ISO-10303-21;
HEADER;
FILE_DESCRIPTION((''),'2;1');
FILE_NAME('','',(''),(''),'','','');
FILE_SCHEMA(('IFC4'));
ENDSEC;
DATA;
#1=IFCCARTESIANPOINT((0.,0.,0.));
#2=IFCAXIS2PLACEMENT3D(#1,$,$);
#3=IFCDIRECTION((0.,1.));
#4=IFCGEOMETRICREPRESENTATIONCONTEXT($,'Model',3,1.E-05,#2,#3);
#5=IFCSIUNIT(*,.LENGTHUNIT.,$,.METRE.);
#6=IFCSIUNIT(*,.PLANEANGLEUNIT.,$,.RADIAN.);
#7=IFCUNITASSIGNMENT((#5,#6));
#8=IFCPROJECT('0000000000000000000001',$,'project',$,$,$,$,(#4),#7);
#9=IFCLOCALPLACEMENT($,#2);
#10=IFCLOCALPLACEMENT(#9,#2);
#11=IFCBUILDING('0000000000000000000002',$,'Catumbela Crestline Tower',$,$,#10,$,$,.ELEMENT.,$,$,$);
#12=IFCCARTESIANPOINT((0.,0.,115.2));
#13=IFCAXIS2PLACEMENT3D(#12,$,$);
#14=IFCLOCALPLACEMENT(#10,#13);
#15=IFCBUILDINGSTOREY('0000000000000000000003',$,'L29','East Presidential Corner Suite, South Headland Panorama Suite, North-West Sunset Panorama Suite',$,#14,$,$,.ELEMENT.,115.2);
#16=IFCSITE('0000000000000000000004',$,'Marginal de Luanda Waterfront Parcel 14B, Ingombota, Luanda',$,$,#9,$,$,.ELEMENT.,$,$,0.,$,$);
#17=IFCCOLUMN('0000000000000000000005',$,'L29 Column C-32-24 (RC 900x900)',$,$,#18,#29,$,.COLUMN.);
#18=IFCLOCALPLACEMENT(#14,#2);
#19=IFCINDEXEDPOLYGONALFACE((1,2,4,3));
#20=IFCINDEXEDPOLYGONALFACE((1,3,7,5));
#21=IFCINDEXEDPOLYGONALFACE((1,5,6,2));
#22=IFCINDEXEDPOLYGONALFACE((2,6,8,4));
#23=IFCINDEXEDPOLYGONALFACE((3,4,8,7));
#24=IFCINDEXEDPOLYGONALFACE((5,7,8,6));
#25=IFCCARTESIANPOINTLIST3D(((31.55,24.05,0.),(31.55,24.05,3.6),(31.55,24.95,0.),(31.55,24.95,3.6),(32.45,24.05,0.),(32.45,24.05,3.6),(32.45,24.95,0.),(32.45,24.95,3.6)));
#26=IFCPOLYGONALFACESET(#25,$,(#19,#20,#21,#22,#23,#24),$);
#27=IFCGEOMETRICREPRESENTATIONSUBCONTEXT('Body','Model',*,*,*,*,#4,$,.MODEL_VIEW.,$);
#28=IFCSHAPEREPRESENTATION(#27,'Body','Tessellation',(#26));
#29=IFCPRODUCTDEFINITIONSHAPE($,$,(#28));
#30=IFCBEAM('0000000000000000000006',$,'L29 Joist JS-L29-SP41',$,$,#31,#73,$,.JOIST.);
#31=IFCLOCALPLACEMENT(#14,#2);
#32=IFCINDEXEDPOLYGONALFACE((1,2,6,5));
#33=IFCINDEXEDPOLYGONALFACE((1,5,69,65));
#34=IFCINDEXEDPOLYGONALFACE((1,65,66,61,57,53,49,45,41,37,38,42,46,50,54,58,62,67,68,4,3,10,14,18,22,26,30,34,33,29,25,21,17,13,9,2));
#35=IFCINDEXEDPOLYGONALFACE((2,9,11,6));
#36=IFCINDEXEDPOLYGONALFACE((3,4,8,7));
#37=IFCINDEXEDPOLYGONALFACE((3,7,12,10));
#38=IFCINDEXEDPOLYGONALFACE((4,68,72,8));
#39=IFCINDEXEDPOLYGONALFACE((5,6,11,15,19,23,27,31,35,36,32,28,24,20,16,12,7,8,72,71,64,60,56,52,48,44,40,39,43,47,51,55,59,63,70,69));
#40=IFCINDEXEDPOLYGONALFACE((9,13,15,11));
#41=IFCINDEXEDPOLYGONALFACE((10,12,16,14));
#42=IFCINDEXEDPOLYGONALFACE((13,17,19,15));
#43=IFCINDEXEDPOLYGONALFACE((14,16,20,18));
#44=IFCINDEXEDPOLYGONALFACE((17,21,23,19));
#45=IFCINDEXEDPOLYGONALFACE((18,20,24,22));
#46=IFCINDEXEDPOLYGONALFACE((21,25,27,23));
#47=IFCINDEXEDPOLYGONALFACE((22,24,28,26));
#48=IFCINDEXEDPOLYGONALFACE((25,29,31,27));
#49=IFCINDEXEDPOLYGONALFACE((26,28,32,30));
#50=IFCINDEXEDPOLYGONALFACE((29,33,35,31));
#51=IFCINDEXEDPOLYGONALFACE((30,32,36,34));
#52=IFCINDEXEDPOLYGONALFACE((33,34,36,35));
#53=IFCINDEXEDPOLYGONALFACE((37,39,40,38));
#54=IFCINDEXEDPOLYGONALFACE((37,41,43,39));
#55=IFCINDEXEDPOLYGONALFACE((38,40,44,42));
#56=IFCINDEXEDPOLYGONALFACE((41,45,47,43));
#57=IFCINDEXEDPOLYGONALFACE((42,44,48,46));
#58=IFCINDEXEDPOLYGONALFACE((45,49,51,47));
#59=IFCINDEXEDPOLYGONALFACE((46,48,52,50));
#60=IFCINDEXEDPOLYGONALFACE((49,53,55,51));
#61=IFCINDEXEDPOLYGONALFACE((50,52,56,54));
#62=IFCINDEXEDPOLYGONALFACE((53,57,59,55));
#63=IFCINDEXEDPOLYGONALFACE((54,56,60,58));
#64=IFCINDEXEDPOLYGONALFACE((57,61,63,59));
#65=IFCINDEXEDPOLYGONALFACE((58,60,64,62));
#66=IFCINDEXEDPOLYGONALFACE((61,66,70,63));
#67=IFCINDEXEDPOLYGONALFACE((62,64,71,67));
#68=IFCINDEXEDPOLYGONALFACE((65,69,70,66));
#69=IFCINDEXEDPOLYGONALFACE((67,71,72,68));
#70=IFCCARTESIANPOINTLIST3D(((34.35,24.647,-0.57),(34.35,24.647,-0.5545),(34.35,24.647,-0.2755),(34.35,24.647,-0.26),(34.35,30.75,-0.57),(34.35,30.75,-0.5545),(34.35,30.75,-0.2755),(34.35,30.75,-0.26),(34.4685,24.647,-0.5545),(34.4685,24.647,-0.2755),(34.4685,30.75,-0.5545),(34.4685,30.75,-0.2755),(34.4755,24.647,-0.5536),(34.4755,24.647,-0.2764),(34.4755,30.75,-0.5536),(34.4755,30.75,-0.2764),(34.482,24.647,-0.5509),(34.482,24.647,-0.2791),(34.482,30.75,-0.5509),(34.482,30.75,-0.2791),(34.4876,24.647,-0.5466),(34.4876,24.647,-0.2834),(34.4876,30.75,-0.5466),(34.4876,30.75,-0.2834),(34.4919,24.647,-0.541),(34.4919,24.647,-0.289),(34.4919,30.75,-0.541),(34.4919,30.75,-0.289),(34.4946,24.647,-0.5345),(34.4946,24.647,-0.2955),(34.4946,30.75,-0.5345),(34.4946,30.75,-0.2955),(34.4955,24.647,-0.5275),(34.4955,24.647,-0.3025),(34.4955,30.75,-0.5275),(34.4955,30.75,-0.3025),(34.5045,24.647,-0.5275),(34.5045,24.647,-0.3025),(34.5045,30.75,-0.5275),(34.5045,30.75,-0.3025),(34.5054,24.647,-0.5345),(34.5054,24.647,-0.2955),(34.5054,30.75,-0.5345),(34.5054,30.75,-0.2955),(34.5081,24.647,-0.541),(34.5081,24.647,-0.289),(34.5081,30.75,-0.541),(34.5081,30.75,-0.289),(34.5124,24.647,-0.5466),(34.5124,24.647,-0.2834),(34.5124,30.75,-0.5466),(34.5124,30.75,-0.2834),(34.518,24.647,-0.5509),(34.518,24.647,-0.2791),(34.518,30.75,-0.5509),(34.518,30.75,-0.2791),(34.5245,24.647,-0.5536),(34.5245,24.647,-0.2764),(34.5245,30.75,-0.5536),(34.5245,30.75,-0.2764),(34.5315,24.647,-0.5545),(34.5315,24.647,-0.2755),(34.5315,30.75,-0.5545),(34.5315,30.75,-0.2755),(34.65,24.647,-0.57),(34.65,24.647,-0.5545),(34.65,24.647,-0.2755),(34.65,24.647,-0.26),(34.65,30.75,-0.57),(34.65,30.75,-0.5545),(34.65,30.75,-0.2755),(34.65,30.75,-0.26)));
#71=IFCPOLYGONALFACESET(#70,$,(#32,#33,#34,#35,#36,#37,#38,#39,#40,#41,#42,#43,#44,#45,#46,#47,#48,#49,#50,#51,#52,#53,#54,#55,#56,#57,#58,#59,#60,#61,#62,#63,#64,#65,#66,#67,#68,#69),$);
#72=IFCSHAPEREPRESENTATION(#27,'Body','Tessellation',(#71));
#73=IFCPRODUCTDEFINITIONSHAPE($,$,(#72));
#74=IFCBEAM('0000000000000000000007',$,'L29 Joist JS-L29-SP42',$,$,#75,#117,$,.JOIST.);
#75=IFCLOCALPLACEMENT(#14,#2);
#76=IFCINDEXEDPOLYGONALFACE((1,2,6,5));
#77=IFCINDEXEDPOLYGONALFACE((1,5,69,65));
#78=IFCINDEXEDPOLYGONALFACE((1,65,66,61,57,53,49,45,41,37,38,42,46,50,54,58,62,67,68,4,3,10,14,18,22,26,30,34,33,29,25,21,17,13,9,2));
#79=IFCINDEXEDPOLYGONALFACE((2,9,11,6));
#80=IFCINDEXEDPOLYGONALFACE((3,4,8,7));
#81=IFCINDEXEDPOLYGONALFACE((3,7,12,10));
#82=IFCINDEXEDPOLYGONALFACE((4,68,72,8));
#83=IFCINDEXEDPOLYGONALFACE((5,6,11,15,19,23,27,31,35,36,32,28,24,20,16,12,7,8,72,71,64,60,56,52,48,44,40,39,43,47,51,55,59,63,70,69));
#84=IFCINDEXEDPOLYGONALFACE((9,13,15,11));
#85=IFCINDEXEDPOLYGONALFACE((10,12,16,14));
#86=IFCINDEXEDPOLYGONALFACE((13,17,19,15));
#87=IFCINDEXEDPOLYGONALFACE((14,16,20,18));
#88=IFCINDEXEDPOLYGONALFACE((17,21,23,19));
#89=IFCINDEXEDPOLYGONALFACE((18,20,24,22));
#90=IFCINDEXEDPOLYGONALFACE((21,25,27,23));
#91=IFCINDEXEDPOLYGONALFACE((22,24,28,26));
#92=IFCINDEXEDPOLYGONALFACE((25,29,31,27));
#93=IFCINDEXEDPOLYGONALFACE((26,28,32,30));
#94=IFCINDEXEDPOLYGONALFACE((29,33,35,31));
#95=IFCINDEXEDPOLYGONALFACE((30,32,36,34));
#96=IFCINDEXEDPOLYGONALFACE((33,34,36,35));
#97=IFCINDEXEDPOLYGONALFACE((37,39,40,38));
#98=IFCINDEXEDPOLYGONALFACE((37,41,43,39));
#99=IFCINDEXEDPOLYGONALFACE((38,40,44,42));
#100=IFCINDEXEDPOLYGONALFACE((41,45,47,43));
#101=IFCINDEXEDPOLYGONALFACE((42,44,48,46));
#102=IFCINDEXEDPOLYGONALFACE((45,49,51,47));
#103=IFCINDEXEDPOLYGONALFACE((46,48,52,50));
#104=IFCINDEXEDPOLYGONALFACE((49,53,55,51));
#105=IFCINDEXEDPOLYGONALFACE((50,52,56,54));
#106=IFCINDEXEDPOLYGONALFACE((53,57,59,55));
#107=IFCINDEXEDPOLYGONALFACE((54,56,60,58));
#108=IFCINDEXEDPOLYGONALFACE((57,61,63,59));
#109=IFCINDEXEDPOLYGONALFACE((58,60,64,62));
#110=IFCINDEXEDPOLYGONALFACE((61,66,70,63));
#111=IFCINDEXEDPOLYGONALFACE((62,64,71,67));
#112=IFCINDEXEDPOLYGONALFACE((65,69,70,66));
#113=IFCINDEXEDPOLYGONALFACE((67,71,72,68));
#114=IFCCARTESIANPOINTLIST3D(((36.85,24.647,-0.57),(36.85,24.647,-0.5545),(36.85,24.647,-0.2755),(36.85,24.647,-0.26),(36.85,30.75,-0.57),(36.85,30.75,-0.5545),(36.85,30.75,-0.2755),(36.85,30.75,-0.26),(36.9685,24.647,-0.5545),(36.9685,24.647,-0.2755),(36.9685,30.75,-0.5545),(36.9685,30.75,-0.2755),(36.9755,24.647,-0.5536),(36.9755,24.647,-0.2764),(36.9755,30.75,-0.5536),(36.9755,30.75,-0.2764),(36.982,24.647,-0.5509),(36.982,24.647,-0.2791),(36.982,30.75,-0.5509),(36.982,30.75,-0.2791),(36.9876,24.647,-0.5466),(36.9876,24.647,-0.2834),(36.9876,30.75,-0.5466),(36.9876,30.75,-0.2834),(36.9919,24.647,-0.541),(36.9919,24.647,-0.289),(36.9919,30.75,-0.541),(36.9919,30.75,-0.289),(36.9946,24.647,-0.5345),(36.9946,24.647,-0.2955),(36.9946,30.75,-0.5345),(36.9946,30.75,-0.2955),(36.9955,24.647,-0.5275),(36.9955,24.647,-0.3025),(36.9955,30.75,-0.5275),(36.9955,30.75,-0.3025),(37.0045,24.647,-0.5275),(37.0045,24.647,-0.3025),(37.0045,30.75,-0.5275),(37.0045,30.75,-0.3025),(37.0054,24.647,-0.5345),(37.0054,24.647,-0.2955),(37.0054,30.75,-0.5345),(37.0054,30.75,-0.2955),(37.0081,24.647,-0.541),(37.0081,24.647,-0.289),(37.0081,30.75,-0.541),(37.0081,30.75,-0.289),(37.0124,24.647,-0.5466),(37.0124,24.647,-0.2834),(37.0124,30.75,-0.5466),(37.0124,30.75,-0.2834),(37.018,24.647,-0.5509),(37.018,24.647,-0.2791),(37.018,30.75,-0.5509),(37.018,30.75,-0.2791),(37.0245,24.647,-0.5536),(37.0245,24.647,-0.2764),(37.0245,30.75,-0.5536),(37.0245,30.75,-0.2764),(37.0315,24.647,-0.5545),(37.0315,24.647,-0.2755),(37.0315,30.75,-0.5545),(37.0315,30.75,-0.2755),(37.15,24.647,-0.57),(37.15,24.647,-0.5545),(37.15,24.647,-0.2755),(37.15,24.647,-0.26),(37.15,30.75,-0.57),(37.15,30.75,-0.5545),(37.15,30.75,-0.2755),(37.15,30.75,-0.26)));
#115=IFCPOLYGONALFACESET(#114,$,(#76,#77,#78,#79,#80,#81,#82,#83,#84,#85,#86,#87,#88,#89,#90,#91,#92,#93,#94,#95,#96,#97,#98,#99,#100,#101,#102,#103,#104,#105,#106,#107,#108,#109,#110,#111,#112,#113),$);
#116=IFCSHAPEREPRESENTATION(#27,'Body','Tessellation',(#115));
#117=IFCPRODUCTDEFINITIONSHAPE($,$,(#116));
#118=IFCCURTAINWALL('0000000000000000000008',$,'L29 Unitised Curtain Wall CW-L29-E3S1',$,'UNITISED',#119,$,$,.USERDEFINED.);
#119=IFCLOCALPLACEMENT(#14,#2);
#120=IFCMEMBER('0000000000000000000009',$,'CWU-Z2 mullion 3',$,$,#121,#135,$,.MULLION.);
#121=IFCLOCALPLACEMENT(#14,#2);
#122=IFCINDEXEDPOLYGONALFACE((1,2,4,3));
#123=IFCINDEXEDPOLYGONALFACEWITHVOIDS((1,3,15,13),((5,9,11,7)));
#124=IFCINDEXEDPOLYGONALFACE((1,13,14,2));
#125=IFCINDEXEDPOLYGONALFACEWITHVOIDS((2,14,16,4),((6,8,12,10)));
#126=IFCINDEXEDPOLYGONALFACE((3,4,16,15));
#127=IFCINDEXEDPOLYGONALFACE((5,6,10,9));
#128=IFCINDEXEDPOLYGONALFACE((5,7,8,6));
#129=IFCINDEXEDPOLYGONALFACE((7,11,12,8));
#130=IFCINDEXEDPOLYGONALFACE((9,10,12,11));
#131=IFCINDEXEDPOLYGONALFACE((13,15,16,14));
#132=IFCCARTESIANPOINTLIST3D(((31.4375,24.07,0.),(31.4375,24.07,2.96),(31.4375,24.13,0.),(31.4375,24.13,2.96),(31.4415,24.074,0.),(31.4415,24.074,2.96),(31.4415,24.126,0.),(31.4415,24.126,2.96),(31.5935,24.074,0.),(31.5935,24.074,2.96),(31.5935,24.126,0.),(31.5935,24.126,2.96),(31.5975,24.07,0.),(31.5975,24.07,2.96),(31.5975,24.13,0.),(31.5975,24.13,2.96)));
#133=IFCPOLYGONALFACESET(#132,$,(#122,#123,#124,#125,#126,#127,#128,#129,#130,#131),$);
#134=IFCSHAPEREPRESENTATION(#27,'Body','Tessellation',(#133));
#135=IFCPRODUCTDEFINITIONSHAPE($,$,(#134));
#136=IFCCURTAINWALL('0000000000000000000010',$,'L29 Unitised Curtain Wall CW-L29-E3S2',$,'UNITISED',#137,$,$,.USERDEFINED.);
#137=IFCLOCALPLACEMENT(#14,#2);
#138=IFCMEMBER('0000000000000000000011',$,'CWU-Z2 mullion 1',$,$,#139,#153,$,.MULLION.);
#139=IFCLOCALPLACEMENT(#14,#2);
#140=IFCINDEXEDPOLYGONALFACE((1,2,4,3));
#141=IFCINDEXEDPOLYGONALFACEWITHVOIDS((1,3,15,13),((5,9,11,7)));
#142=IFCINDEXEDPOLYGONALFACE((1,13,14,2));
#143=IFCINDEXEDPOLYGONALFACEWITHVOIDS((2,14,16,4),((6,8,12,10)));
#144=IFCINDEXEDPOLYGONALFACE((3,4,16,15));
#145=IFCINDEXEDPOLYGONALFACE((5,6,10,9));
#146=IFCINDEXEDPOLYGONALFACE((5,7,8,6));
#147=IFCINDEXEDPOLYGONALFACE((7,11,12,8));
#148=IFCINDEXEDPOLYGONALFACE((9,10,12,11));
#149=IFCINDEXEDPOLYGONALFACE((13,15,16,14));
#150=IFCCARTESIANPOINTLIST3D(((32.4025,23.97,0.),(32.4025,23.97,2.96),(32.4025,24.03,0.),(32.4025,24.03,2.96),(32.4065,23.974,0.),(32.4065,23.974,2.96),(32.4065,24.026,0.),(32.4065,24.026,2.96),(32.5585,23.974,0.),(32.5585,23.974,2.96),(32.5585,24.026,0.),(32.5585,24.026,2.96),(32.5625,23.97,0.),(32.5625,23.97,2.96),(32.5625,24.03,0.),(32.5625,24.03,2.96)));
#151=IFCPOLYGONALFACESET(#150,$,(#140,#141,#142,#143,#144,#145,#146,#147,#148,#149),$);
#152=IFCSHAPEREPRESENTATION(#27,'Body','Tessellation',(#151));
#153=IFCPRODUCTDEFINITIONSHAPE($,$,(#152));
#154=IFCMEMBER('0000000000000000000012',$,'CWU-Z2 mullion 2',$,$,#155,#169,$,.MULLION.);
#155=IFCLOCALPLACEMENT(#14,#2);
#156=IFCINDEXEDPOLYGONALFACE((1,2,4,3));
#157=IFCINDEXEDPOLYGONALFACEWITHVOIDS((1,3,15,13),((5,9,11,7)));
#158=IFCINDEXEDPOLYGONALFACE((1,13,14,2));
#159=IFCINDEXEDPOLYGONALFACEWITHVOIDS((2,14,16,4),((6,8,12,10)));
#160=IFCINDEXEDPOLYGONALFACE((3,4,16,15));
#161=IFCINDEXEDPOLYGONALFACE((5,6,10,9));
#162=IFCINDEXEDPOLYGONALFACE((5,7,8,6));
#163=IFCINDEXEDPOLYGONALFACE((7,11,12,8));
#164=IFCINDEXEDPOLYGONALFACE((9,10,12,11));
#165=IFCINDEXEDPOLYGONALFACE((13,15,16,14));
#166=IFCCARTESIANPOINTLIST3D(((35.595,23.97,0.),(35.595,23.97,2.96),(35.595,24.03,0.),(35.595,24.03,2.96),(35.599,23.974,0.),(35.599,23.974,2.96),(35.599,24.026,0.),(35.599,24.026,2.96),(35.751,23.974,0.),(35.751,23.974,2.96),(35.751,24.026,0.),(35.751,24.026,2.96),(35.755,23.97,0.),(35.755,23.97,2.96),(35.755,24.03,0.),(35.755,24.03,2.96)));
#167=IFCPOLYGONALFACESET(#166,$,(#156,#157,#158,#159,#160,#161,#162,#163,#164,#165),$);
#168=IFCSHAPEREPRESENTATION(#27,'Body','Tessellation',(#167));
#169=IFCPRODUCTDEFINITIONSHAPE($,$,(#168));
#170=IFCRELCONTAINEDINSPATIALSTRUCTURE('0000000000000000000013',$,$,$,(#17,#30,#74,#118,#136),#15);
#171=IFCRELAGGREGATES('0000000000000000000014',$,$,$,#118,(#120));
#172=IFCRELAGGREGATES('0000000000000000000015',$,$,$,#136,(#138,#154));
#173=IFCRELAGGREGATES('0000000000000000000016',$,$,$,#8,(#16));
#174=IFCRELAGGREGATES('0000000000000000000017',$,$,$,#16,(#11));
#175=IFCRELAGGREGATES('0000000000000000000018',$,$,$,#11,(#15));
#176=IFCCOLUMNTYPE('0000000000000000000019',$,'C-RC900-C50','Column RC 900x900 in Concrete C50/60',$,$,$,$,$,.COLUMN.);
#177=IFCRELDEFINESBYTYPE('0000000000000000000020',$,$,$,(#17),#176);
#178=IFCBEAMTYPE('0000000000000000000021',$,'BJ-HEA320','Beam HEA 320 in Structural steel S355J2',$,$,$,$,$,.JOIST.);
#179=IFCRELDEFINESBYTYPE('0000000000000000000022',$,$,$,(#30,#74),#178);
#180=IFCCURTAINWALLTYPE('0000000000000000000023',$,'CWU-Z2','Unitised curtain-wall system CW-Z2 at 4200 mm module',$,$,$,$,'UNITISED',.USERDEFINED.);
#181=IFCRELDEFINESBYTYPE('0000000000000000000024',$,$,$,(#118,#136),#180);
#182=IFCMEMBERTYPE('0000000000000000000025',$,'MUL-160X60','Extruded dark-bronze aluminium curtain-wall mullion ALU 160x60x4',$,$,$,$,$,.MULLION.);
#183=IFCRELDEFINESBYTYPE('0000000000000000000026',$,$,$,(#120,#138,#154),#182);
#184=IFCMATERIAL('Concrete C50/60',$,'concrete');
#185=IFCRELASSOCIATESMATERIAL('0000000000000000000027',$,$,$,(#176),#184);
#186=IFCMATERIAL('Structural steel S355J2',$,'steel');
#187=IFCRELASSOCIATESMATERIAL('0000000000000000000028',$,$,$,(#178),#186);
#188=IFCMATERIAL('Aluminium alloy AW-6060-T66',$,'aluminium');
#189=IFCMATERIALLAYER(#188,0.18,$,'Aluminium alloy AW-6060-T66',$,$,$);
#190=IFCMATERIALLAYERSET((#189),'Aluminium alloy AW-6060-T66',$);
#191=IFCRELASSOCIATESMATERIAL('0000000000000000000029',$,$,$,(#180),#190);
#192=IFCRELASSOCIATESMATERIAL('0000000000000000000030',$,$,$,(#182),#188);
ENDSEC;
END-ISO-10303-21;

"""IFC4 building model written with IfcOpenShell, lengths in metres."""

from ifc_helpers import new_model, si_unit, direction, frame, origin, origin_2d, place, context, subcontext, project, spatial, rectangle, hollow_rectangle, i_section, extrude, material, layer, layer_set, material_profile, profile_set, type_object, element, aggregate, save


model = new_model("IFC4")

# Units and contexts
model_context = context("Model", 3, precision=1e-05, world=origin(), true_north=direction((0.0, 1.0)))
body_context = subcontext(model_context, "Body", "Model", "MODEL_VIEW")
ifc_project = project(units=[si_unit("LENGTHUNIT", "METRE"), si_unit("PLANEANGLEUNIT", "RADIAN")], contexts=[model_context])

# Site, building, storey
site_placement = place(None, origin())
site = spatial("IfcSite", under=ifc_project, at=site_placement, Name="Marginal de Luanda Waterfront Parcel 14B, Ingombota, Luanda", CompositionType="ELEMENT", RefElevation=0.0)
building_placement = place(site_placement, origin())
building = spatial("IfcBuilding", under=site, at=building_placement, Name="Catumbela Crestline Tower", CompositionType="ELEMENT")
storey_placement = place(building_placement, frame((0.0, 0.0, 115.2)))
storey = spatial("IfcBuildingStorey", under=building, at=storey_placement, Name="L29", Description="East Presidential Corner Suite, South Headland Panorama Suite, North-West Sunset Panorama Suite", CompositionType="ELEMENT", Elevation=115.2)

# Column
ifc_material_1 = material(Name="Concrete C50/60", Category="concrete")
ifc_material_profile_1 = material_profile(ifc_material_1, rectangle(XDim=0.9, YDim=0.9, at=origin_2d()), Name="RC 900x900")
ifc_profile_set_1 = profile_set([ifc_material_profile_1], Name="Concrete C50/60")
column_type = type_object("IfcColumnType", Name="C-RC900-C50", Description="Column RC 900x900 in Concrete C50/60", PredefinedType="COLUMN", material=ifc_profile_set_1)
column_placement = place(storey_placement, frame((32.0, 24.5, 0.0), z_axis=(0.0, 0.0, 1.0), x_axis=(1.0, 0.0, 0.0)))
element("IfcColumn", 1, at=column_placement, inside=storey, type_object=column_type, Name="L29 Column C-32-24 (RC 900x900)", PredefinedType="COLUMN", context=body_context, shape_type="SweptSolid", body=[
    extrude(rectangle(XDim=0.9, YDim=0.9, at=origin_2d()), origin(), (0.0, 0.0, 1.0), 3.6),
])

# Beams
ifc_material_2 = material(Name="Structural steel S355J2", Category="steel")
ifc_material_profile_2 = material_profile(ifc_material_2, i_section(OverallWidth=0.3, OverallDepth=0.31, WebThickness=0.009, FlangeThickness=0.0155, FilletRadius=0.027, at=origin_2d()), Name="HEA 320")
ifc_profile_set_2 = profile_set([ifc_material_profile_2], Name="Structural steel S355J2")
beam_type_1 = type_object("IfcBeamType", Name="BJ-HEA320", Description="Beam HEA 320 in Structural steel S355J2", PredefinedType="JOIST", material=ifc_profile_set_2)
for number, where, z_axis, x_axis, name in (
    (2, (34.5, 24.647, -0.415), (0.0, 1.0, 0.0), (-1.0, 0.0, 0.0), "L29 Joist JS-L29-SP41"),
    (3, (37.0, 24.647, -0.415), (0.0, 1.0, 0.0), (-1.0, 0.0, 0.0), "L29 Joist JS-L29-SP42"),
):
    element("IfcBeam", number, at=place(storey_placement, frame(where, z_axis=z_axis, x_axis=x_axis)), inside=storey, type_object=beam_type_1, Name=name, PredefinedType="JOIST", context=body_context, shape_type="SweptSolid", body=[
        extrude(i_section(OverallWidth=0.3, OverallDepth=0.31, WebThickness=0.009, FlangeThickness=0.0155, FilletRadius=0.027, at=origin_2d()), origin(), (0.0, 0.0, 1.0), 6.103),
    ])

# Curtain wall, member
ifc_material_3 = material(Name="Aluminium alloy AW-6060-T66", Category="aluminium")
ifc_layer_1 = layer(ifc_material_3, 0.18, Name="Aluminium alloy AW-6060-T66")
ifc_layer_set_1 = layer_set([ifc_layer_1], Name="Aluminium alloy AW-6060-T66")
curtain_wall_type = type_object("IfcCurtainWallType", Name="CWU-Z2", Description="Unitised curtain-wall system CW-Z2 at 4200 mm module", ElementType="UNITISED", PredefinedType="USERDEFINED", material=ifc_layer_set_1)
curtain_wall_1_placement = place(storey_placement, origin())
curtain_wall_1 = element("IfcCurtainWall", 4, at=curtain_wall_1_placement, inside=storey, type_object=curtain_wall_type, Name="L29 Unitised Curtain Wall CW-L29-E3S1", ObjectType="UNITISED", PredefinedType="USERDEFINED")
ifc_material_profile_3 = material_profile(ifc_material_3, hollow_rectangle(XDim=0.06, YDim=0.16, WallThickness=0.004, at=origin_2d()), Name="ALU 160x60x4")
ifc_profile_set_3 = profile_set([ifc_material_profile_3], Name="Aluminium alloy AW-6060-T66")
member_type_1 = type_object("IfcMemberType", Name="MUL-160X60", Description="Extruded dark-bronze aluminium curtain-wall mullion ALU 160x60x4", PredefinedType="MULLION", material=ifc_profile_set_3)
member_1_placement = place(storey_placement, frame((31.5175, 24.1, 0.0), z_axis=(0.0, 0.0, 1.0), x_axis=(0.0, 1.0, 0.0)))
member_1 = element("IfcMember", 5, at=member_1_placement, type_object=member_type_1, Name="CWU-Z2 mullion 3", PredefinedType="MULLION", context=body_context, shape_type="SweptSolid", body=[
    extrude(hollow_rectangle(XDim=0.06, YDim=0.16, WallThickness=0.004, at=origin_2d()), origin(), (0.0, 0.0, 1.0), 2.96),
])

# Curtain wall, members
curtain_wall_2_placement = place(storey_placement, origin())
curtain_wall_2 = element("IfcCurtainWall", 6, at=curtain_wall_2_placement, inside=storey, type_object=curtain_wall_type, Name="L29 Unitised Curtain Wall CW-L29-E3S2", ObjectType="UNITISED", PredefinedType="USERDEFINED")
member_2_placement = place(storey_placement, frame((32.4825, 24.0, 0.0), z_axis=(0.0, 0.0, 1.0), x_axis=(0.0, 1.0, 0.0)))
member_2 = element("IfcMember", 7, at=member_2_placement, type_object=member_type_1, Name="CWU-Z2 mullion 1", PredefinedType="MULLION", context=body_context, shape_type="SweptSolid", body=[
    extrude(hollow_rectangle(XDim=0.06, YDim=0.16, WallThickness=0.004, at=origin_2d()), origin(), (0.0, 0.0, 1.0), 2.96),
])
member_3_placement = place(storey_placement, frame((35.675, 24.0, 0.0), z_axis=(0.0, 0.0, 1.0), x_axis=(0.0, 1.0, 0.0)))
member_3 = element("IfcMember", 8, at=member_3_placement, type_object=member_type_1, Name="CWU-Z2 mullion 2", PredefinedType="MULLION", context=body_context, shape_type="SweptSolid", body=[
    extrude(hollow_rectangle(XDim=0.06, YDim=0.16, WallThickness=0.004, at=origin_2d()), origin(), (0.0, 0.0, 1.0), 2.96),
])

aggregate(curtain_wall_1, [member_1])
aggregate(curtain_wall_2, [member_2, member_3])

save(model, "model.ifc")
